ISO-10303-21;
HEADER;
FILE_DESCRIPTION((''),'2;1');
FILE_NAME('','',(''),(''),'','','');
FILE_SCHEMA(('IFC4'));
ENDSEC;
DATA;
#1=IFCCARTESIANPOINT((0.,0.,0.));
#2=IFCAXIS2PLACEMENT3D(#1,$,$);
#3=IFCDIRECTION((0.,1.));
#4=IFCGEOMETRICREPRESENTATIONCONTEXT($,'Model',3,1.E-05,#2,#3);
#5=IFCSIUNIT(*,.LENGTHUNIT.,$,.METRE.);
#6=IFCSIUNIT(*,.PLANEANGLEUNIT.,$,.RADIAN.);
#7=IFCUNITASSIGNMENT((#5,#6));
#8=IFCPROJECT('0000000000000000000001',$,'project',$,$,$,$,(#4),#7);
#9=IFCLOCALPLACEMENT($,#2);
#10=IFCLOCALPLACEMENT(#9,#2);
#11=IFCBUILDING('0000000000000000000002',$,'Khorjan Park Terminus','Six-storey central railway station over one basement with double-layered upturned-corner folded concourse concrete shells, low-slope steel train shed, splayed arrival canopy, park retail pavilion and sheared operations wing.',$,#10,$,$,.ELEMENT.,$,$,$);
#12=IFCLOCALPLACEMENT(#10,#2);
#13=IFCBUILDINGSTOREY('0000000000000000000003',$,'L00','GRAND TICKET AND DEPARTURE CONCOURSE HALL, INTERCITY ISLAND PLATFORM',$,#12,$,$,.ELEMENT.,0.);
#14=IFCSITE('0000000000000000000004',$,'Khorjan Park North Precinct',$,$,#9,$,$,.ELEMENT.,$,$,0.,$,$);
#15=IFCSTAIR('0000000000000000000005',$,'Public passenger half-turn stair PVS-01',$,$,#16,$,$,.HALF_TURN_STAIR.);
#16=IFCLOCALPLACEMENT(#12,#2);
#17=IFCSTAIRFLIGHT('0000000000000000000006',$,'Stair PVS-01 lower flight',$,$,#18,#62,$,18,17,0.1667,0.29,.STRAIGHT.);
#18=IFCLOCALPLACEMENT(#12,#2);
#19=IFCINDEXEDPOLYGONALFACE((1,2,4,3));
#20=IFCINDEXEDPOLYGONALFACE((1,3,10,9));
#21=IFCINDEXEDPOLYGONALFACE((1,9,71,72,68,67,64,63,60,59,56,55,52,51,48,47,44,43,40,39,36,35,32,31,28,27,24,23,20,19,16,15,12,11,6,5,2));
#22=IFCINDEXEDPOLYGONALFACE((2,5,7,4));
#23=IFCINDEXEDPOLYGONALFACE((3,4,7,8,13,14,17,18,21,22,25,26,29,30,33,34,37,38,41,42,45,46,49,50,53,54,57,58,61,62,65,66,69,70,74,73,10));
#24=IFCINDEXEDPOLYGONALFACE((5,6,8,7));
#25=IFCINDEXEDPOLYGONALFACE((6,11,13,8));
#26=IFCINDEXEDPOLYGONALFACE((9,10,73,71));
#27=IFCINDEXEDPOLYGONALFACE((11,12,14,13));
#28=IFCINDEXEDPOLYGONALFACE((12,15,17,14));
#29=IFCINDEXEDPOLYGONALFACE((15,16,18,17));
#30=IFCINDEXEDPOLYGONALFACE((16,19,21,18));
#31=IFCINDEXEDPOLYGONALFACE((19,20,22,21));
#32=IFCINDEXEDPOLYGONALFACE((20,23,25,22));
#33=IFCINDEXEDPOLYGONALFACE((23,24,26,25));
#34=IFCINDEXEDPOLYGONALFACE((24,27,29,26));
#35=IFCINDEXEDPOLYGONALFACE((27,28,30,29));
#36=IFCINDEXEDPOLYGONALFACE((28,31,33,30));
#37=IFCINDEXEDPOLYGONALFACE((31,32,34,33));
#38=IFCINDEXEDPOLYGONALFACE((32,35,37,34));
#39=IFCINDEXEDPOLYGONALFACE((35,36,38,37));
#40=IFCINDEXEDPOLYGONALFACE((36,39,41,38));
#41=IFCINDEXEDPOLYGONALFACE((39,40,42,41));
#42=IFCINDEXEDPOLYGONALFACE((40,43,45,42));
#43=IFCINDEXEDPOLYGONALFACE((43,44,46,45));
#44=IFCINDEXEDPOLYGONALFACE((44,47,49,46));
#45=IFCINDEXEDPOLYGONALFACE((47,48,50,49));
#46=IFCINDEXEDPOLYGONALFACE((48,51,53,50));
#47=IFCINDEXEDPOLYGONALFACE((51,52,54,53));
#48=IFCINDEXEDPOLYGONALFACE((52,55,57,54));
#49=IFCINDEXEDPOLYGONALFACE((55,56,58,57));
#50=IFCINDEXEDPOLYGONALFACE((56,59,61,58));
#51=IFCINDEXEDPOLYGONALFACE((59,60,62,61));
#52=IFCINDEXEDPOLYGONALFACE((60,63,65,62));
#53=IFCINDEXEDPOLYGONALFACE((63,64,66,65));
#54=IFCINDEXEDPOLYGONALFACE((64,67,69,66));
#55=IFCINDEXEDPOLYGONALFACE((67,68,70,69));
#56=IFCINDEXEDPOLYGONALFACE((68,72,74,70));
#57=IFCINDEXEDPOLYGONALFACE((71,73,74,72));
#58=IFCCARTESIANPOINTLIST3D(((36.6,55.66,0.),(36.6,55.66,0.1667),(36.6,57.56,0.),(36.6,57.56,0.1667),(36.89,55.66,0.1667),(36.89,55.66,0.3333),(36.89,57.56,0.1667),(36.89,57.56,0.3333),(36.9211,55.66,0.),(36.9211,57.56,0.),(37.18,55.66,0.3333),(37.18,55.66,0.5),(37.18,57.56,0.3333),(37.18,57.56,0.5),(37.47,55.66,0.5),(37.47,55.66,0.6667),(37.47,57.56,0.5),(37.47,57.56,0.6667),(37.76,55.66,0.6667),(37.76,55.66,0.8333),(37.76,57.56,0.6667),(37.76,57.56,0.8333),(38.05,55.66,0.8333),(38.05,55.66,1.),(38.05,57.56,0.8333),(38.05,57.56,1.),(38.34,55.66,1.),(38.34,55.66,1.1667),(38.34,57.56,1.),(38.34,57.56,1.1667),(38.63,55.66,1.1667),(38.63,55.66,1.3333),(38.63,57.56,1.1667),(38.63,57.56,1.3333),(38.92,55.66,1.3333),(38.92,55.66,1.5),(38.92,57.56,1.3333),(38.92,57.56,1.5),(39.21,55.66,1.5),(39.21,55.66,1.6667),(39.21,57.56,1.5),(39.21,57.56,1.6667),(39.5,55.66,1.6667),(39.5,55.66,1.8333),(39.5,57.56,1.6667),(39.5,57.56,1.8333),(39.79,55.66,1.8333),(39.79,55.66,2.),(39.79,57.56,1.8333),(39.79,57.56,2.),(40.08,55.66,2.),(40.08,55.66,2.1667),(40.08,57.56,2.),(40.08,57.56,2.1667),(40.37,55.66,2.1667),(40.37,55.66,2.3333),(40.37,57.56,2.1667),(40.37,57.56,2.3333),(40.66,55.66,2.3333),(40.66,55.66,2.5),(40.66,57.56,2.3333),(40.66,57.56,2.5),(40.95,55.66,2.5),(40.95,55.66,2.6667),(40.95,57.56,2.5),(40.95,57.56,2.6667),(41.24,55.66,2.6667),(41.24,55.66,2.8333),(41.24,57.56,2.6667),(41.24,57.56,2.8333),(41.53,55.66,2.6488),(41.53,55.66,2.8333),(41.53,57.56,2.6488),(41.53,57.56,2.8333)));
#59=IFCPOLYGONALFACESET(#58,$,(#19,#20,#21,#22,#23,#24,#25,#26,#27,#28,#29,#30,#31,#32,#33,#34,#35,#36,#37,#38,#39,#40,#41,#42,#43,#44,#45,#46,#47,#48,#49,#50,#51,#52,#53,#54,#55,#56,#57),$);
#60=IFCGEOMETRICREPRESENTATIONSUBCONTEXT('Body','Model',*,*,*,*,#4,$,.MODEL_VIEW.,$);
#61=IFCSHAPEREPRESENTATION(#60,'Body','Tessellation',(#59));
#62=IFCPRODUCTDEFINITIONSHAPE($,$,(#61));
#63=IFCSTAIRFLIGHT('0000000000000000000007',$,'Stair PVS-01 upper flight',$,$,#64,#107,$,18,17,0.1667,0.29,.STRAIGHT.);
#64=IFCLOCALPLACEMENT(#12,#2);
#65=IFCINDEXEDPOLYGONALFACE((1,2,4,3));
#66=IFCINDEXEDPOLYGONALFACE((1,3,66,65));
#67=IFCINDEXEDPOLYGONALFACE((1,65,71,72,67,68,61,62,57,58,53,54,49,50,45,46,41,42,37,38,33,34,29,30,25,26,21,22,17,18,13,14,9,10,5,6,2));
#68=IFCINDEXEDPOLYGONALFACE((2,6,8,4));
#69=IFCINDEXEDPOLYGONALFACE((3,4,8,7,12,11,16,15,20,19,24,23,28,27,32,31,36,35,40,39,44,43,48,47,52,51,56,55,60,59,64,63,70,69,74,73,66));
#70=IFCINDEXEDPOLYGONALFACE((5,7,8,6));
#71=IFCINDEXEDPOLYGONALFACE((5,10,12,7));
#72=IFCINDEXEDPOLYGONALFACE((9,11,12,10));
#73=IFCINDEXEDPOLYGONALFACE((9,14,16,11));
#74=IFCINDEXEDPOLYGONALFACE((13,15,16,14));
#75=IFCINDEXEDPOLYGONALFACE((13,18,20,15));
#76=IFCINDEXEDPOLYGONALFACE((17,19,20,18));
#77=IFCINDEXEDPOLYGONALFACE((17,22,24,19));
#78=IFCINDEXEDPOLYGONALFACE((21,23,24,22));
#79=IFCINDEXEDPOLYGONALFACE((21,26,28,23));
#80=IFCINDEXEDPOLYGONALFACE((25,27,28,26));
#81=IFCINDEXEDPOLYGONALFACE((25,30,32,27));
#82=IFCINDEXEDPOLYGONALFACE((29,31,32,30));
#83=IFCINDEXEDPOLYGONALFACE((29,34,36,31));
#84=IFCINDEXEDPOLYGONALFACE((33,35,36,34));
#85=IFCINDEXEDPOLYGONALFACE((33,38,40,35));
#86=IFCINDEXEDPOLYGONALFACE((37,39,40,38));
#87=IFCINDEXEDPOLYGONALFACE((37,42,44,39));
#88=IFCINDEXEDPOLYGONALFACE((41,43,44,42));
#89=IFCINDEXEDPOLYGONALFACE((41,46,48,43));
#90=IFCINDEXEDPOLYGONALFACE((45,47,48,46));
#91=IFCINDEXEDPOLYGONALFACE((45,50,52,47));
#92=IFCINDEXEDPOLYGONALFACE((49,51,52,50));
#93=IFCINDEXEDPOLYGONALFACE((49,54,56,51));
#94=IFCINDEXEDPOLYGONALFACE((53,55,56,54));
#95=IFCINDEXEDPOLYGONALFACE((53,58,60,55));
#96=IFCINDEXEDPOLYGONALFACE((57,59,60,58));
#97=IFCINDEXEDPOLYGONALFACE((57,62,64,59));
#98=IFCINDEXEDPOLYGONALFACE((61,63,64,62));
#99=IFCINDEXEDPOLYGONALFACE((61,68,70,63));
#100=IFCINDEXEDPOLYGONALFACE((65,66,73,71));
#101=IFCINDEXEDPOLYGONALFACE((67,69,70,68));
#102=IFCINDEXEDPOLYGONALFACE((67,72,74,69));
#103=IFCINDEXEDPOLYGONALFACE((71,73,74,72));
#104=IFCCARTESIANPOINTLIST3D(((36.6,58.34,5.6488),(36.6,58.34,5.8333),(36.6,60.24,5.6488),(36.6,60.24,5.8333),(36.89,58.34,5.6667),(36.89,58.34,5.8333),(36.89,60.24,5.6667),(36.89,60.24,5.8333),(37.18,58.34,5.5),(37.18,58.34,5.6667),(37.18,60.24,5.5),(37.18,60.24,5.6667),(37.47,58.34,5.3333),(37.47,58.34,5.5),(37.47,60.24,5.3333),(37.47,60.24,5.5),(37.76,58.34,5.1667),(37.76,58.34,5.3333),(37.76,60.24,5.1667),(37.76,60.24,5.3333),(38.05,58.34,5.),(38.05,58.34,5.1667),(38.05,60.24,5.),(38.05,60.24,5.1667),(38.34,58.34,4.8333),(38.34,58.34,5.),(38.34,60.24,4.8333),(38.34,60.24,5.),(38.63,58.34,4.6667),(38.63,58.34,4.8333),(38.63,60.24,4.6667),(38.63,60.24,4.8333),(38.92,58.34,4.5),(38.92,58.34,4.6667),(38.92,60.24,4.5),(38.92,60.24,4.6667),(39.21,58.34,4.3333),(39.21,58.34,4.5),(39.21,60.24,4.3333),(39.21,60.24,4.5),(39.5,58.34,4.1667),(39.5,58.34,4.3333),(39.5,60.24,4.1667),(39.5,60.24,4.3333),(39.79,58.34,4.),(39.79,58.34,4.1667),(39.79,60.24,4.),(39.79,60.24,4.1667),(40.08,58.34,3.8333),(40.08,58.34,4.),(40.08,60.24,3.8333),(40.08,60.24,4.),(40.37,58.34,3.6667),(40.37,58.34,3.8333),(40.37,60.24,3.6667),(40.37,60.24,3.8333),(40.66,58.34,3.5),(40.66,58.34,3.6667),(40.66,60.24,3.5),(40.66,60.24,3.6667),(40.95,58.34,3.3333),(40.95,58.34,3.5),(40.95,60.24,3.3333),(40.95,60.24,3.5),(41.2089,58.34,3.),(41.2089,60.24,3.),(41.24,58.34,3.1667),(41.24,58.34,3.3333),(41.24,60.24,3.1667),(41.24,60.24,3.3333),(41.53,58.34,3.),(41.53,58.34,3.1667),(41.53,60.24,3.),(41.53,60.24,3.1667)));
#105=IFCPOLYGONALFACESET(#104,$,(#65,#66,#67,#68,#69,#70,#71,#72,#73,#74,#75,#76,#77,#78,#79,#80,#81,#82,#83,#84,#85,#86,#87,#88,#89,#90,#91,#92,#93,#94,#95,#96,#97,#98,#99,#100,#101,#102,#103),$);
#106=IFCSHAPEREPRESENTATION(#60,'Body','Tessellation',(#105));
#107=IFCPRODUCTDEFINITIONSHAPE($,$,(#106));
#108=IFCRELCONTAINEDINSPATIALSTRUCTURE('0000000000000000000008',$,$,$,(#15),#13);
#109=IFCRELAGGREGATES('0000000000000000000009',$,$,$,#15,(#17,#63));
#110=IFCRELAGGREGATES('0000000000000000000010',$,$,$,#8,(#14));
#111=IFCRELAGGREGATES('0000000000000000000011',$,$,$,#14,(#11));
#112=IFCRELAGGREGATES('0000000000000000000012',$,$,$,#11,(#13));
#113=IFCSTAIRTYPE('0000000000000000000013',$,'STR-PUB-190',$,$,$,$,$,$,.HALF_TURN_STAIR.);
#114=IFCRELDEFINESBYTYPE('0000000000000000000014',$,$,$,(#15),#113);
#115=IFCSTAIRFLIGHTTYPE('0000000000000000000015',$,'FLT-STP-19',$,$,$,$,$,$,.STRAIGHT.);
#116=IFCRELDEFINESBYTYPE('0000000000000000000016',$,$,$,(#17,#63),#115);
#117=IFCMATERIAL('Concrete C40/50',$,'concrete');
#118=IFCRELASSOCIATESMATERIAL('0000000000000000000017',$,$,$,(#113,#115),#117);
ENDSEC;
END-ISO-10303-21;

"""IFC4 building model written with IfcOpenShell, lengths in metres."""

from ifc_helpers import new_model, si_unit, direction, frame, origin, place, context, subcontext, project, spatial, polyline, outline, extrude, material, type_object, element, aggregate, save


model = new_model("IFC4")

# Units and contexts
model_context = context("Model", 3, precision=1e-05, world=origin(), true_north=direction((0.0, 1.0)))
body_context = subcontext(model_context, "Body", "Model", "MODEL_VIEW")
ifc_project = project(units=[si_unit("LENGTHUNIT", "METRE"), si_unit("PLANEANGLEUNIT", "RADIAN")], contexts=[model_context])

# Site, building, storey
site_placement = place(None, origin())
site = spatial("IfcSite", under=ifc_project, at=site_placement, Name="Khorjan Park North Precinct", CompositionType="ELEMENT", RefElevation=0.0)
building_placement = place(site_placement, origin())
building = spatial("IfcBuilding", under=site, at=building_placement, Name="Khorjan Park Terminus", Description="Six-storey central railway station over one basement with double-layered upturned-corner folded concourse concrete shells, low-slope steel train shed, splayed arrival canopy, park retail pavilion and sheared operations wing.", CompositionType="ELEMENT")
storey_placement = place(building_placement, origin())
storey = spatial("IfcBuildingStorey", under=building, at=storey_placement, Name="L00", Description="GRAND TICKET AND DEPARTURE CONCOURSE HALL, INTERCITY ISLAND PLATFORM", CompositionType="ELEMENT", Elevation=0.0)

# Stair, stair flights
ifc_material_1 = material(Name="Concrete C40/50", Category="concrete")
stair_type = type_object("IfcStairType", Name="STR-PUB-190", PredefinedType="HALF_TURN_STAIR", material=ifc_material_1)
stair_placement = place(storey_placement, origin())
stair = element("IfcStair", 1, at=stair_placement, inside=storey, type_object=stair_type, Name="Public passenger half-turn stair PVS-01", PredefinedType="HALF_TURN_STAIR")
stair_flight_type = type_object("IfcStairFlightType", Name="FLT-STP-19", PredefinedType="STRAIGHT", material=ifc_material_1)
stair_flight_1_placement = place(storey_placement, frame((36.6, 56.61, 0.0), z_axis=(0.0, 0.0, 1.0), x_axis=(1.0, 0.0, 0.0)))
stair_flight_1 = element("IfcStairFlight", 2, at=stair_flight_1_placement, type_object=stair_flight_type, Name="Stair PVS-01 lower flight", NumberOfRisers=18, NumberOfTreads=17, PredefinedType="STRAIGHT", RiserHeight=0.1667, TreadLength=0.29, context=body_context, shape_type="SweptSolid", body=[
    extrude(outline(polyline([(0.0, 0.0), (0.0, 0.1667), (0.29, 0.1667), (0.29, 0.3333), (0.58, 0.3333), (0.58, 0.5), (0.87, 0.5), (0.87, 0.6667), (1.16, 0.6667), (1.16, 0.8333), (1.45, 0.8333), (1.45, 1.0), (1.74, 1.0), (1.74, 1.1667), (2.03, 1.1667), (2.03, 1.3333), (2.32, 1.3333), (2.32, 1.5), (2.61, 1.5), (2.61, 1.6667), (2.9, 1.6667), (2.9, 1.8333), (3.19, 1.8333), (3.19, 2.0), (3.48, 2.0), (3.48, 2.1667), (3.77, 2.1667), (3.77, 2.3333), (4.06, 2.3333), (4.06, 2.5), (4.35, 2.5), (4.35, 2.6667), (4.64, 2.6667), (4.64, 2.8333), (4.93, 2.8333), (4.93, 3.0), (4.93, 2.6488), (0.3211, 0.0), (0.0, 0.0)])), frame((0.0, 0.95, 0.0), z_axis=(0.0, -1.0, 0.0), x_axis=(1.0, 0.0, 0.0)), (0.0, 0.0, 1.0), 1.9),
])
stair_flight_2_placement = place(storey_placement, frame((41.53, 59.29, 3.0), z_axis=(0.0, 0.0, 1.0), x_axis=(-1.0, 0.0, 0.0)))
stair_flight_2 = element("IfcStairFlight", 3, at=stair_flight_2_placement, type_object=stair_flight_type, Name="Stair PVS-01 upper flight", NumberOfRisers=18, NumberOfTreads=17, PredefinedType="STRAIGHT", RiserHeight=0.1667, TreadLength=0.29, context=body_context, shape_type="SweptSolid", body=[
    extrude(outline(polyline([(0.0, 0.0), (0.0, 0.1667), (0.29, 0.1667), (0.29, 0.3333), (0.58, 0.3333), (0.58, 0.5), (0.87, 0.5), (0.87, 0.6667), (1.16, 0.6667), (1.16, 0.8333), (1.45, 0.8333), (1.45, 1.0), (1.74, 1.0), (1.74, 1.1667), (2.03, 1.1667), (2.03, 1.3333), (2.32, 1.3333), (2.32, 1.5), (2.61, 1.5), (2.61, 1.6667), (2.9, 1.6667), (2.9, 1.8333), (3.19, 1.8333), (3.19, 2.0), (3.48, 2.0), (3.48, 2.1667), (3.77, 2.1667), (3.77, 2.3333), (4.06, 2.3333), (4.06, 2.5), (4.35, 2.5), (4.35, 2.6667), (4.64, 2.6667), (4.64, 2.8333), (4.93, 2.8333), (4.93, 3.0), (4.93, 2.6488), (0.3211, 0.0), (0.0, 0.0)])), frame((0.0, 0.95, 0.0), z_axis=(0.0, -1.0, 0.0), x_axis=(1.0, 0.0, 0.0)), (0.0, 0.0, 1.0), 1.9),
])
aggregate(stair, [stair_flight_1, stair_flight_2])

save(model, "model.ifc")
